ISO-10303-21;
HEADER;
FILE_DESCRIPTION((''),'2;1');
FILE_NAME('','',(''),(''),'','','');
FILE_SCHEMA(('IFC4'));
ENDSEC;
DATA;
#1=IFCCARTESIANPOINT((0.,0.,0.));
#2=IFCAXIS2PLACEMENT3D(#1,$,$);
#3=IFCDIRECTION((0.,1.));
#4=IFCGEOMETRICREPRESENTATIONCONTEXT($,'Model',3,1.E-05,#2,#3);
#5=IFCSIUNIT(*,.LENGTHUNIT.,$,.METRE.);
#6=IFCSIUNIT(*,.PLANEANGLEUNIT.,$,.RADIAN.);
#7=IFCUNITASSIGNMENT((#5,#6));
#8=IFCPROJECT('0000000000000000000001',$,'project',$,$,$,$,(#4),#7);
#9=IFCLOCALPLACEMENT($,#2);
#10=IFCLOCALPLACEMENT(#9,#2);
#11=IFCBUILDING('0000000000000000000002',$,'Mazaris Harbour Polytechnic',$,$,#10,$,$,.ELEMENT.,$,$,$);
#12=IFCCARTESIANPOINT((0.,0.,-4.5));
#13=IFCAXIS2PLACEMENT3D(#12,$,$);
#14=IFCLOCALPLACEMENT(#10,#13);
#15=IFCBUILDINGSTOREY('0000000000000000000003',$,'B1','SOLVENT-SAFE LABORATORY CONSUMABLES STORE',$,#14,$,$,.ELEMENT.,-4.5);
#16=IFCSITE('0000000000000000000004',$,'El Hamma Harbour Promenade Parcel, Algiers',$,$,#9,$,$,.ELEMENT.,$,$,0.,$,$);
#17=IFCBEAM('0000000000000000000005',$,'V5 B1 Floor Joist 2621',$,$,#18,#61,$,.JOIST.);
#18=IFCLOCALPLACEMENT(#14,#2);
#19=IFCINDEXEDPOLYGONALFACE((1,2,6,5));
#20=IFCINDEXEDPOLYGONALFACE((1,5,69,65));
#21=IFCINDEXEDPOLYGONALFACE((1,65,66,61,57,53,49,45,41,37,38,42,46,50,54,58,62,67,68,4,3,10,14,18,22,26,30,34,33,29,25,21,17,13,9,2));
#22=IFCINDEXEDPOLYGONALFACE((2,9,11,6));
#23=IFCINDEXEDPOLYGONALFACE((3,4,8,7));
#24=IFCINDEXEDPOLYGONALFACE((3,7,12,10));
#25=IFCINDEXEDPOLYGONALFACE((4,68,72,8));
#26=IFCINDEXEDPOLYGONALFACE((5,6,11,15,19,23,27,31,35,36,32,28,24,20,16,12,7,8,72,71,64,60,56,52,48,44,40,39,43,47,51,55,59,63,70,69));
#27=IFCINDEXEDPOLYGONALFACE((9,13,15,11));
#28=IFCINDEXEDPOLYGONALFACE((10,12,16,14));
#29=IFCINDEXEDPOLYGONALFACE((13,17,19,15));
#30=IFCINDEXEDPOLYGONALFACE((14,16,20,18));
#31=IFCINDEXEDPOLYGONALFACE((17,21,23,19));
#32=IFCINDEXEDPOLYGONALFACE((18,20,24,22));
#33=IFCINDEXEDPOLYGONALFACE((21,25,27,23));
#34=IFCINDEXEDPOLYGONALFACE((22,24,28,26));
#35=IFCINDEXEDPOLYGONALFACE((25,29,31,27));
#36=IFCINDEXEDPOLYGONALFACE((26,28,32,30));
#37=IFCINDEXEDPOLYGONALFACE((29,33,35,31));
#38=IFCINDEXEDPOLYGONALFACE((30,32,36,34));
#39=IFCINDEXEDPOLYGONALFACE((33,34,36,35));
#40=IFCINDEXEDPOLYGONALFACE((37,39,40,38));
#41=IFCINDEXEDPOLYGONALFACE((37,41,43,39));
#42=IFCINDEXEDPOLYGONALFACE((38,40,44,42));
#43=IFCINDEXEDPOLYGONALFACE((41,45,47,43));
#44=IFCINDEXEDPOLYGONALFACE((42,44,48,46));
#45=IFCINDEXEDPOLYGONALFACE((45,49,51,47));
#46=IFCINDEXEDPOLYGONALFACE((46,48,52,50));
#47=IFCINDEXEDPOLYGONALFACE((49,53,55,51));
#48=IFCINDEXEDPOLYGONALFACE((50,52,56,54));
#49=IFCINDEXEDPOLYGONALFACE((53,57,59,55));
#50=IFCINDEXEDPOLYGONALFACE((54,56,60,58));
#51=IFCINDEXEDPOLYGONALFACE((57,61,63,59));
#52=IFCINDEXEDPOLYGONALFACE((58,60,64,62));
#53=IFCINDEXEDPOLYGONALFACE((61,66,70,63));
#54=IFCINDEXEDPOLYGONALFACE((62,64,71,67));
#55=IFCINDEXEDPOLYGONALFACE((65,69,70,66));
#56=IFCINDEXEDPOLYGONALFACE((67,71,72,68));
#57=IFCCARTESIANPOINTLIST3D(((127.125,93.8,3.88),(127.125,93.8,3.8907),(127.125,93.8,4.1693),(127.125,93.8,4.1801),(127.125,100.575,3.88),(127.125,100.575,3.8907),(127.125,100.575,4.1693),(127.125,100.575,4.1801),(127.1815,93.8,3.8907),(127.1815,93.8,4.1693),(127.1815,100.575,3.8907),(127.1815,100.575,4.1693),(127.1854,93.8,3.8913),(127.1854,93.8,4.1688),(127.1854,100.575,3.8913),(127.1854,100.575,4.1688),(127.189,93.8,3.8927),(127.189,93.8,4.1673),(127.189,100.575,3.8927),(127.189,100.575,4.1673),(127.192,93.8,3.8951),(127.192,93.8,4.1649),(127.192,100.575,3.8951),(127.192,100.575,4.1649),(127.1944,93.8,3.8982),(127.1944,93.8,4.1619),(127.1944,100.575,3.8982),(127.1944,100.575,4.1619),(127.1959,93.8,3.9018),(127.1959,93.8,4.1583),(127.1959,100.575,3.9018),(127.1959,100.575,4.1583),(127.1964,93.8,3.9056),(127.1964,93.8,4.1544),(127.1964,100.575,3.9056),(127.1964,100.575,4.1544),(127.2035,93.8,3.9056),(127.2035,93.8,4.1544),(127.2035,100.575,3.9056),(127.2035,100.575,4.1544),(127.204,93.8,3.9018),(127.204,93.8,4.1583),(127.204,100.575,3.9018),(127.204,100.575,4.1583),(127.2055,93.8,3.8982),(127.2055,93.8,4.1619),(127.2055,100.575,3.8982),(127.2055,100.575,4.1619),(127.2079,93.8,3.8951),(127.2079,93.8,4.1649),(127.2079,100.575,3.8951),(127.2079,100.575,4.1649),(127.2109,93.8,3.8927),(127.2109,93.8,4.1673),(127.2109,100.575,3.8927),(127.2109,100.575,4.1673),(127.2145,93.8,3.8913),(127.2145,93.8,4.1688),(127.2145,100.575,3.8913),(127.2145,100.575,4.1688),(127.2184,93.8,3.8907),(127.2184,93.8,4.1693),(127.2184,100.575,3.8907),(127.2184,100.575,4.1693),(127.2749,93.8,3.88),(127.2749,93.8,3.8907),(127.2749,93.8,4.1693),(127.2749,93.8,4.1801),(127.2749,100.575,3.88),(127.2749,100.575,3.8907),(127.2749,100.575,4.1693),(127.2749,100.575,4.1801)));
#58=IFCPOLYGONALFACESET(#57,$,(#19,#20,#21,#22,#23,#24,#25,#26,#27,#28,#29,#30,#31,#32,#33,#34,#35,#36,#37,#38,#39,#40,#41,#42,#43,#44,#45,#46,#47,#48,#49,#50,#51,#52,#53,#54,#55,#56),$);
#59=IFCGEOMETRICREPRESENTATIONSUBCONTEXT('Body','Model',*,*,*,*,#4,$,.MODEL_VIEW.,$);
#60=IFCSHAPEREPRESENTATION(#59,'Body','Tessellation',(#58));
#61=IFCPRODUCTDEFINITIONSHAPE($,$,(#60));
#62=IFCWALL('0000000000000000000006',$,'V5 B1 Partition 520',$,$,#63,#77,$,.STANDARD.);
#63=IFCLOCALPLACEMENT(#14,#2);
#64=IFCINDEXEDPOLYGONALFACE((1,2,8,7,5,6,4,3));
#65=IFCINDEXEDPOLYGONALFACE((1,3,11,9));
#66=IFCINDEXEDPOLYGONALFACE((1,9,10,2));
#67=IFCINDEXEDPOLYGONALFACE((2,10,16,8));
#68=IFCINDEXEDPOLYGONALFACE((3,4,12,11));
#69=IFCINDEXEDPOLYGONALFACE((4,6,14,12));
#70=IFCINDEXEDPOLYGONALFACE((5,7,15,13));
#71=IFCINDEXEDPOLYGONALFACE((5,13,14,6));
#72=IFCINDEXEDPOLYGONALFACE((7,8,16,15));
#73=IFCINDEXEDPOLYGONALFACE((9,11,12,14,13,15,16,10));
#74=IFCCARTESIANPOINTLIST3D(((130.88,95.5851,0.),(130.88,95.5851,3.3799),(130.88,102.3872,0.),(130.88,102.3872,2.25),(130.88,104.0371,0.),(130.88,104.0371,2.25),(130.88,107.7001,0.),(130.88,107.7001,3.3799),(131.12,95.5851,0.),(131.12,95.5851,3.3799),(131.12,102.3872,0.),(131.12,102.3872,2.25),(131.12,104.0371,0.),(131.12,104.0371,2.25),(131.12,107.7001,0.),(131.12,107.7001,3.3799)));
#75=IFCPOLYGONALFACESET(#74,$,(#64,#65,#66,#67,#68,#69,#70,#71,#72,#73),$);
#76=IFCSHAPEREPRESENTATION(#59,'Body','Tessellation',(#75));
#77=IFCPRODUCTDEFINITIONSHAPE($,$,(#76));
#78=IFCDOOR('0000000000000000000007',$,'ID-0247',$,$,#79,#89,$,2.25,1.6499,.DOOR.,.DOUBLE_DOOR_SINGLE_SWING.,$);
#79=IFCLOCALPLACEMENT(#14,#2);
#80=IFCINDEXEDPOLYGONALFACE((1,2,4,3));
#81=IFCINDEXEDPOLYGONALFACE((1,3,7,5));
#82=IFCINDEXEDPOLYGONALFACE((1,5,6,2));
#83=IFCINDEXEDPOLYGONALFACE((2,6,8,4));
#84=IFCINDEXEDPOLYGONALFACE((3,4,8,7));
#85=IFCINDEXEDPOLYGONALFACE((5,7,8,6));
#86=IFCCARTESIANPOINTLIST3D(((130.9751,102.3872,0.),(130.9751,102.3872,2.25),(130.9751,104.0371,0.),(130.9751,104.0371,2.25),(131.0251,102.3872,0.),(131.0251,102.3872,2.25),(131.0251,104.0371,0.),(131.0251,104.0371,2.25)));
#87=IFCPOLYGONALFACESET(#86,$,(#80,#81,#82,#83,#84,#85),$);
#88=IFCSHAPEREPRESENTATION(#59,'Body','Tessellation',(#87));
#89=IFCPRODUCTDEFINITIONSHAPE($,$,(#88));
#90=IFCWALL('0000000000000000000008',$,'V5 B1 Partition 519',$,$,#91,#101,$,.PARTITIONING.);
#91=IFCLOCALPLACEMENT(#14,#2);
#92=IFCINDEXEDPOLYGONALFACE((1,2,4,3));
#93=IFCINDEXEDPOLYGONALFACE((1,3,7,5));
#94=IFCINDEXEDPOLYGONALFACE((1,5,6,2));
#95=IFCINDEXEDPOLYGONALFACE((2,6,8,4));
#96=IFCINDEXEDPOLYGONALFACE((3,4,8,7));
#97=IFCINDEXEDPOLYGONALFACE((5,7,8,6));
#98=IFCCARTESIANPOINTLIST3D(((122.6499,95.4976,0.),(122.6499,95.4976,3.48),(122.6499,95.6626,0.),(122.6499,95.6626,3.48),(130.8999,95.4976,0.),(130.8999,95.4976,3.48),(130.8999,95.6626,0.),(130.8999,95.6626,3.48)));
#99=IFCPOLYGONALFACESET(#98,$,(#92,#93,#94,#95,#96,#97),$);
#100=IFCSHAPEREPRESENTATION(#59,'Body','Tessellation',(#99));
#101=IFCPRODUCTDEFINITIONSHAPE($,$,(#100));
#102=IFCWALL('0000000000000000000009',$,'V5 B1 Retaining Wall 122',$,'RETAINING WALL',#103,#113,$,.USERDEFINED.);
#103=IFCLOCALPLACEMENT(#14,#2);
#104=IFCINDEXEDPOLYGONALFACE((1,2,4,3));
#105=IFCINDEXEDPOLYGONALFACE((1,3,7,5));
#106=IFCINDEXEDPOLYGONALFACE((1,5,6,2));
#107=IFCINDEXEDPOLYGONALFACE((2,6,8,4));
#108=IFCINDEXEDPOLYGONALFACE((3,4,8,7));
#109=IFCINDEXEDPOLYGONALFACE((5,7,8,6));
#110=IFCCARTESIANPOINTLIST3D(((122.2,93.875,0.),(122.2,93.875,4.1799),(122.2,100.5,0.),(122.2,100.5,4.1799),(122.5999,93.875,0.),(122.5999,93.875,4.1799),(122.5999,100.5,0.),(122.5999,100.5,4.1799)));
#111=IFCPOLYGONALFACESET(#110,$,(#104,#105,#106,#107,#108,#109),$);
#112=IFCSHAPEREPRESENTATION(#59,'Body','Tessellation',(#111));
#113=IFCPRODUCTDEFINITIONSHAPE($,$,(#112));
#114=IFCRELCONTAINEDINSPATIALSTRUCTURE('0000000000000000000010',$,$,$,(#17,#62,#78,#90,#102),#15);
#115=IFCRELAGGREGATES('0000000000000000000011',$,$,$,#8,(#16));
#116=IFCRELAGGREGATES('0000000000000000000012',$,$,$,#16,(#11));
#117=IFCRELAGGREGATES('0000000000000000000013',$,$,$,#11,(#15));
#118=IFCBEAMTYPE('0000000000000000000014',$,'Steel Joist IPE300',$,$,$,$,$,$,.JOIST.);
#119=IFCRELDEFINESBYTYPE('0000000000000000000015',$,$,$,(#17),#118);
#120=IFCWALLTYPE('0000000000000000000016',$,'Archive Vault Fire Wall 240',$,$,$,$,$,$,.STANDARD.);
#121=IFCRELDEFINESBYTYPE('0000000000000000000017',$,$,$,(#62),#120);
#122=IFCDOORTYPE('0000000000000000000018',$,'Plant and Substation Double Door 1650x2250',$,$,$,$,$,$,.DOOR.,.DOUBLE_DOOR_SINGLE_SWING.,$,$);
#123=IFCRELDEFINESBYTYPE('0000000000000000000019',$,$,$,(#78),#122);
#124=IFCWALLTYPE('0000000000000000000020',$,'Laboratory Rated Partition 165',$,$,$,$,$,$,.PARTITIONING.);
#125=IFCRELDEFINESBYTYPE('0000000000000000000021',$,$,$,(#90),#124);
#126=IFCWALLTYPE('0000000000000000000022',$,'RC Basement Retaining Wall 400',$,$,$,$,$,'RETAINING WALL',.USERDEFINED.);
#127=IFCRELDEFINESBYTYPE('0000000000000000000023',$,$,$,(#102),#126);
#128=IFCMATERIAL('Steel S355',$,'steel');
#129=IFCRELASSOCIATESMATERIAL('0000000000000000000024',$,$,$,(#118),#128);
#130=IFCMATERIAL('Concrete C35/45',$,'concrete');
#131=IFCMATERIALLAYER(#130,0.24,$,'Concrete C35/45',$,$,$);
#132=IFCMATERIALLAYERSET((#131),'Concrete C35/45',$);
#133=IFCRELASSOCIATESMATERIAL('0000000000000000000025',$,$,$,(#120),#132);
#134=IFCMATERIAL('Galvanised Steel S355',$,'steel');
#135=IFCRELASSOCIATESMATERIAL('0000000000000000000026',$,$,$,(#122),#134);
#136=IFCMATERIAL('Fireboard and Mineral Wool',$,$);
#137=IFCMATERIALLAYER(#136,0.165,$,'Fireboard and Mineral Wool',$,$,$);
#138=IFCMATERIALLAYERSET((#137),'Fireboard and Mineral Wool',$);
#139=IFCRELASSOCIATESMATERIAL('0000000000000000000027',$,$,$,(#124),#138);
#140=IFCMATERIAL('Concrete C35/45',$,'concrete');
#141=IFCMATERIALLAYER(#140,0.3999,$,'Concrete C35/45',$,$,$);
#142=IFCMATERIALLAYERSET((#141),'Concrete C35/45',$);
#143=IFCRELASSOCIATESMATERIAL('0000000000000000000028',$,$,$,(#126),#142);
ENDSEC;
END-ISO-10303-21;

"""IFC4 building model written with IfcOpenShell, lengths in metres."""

from ifc_helpers import new_model, si_unit, direction, frame, frame_2d, origin, origin_2d, place, context, subcontext, project, spatial, rectangle, i_section, extrude, material, layer, layer_set, material_profile, profile_set, type_object, element, fill, save


model = new_model("IFC4")

# Units and contexts
model_context = context("Model", 3, precision=1e-05, world=origin(), true_north=direction((0.0, 1.0)))
body_context = subcontext(model_context, "Body", "Model", "MODEL_VIEW")
ifc_project = project(units=[si_unit("LENGTHUNIT", "METRE"), si_unit("PLANEANGLEUNIT", "RADIAN")], contexts=[model_context])

# Site, building, storey
site_placement = place(None, origin())
site = spatial("IfcSite", under=ifc_project, at=site_placement, Name="El Hamma Harbour Promenade Parcel, Algiers", CompositionType="ELEMENT", RefElevation=0.0)
building_placement = place(site_placement, origin())
building = spatial("IfcBuilding", under=site, at=building_placement, Name="Mazaris Harbour Polytechnic", CompositionType="ELEMENT")
storey_placement = place(building_placement, frame((0.0, 0.0, -4.5)))
storey = spatial("IfcBuildingStorey", under=building, at=storey_placement, Name="B1", Description="SOLVENT-SAFE LABORATORY CONSUMABLES STORE", CompositionType="ELEMENT", Elevation=-4.5)

# Beam
ifc_material_1 = material(Name="Steel S355", Category="steel")
ifc_material_profile_1 = material_profile(ifc_material_1, i_section(OverallWidth=0.1499, OverallDepth=0.3, WebThickness=0.0071, FlangeThickness=0.0107, FilletRadius=0.0149, at=origin_2d()), Name="IPE 300")
ifc_profile_set_1 = profile_set([ifc_material_profile_1], Name="Steel S355")
beam_type_1 = type_object("IfcBeamType", Name="Steel Joist IPE300", PredefinedType="JOIST", material=ifc_profile_set_1)
beam_1_placement = place(storey_placement, frame((127.2, 93.8, 4.03), z_axis=(0.0, 1.0, 0.0), x_axis=(-1.0, 0.0, 0.0)))
element("IfcBeam", 1, at=beam_1_placement, inside=storey, type_object=beam_type_1, Name="V5 B1 Floor Joist 2621", PredefinedType="JOIST", context=body_context, shape_type="SweptSolid", body=[
    extrude(i_section(OverallWidth=0.1499, OverallDepth=0.3, WebThickness=0.0071, FlangeThickness=0.0107, FilletRadius=0.0149, at=origin_2d()), origin(), (0.0, 0.0, 1.0), 6.7749),
])

# Wall, opening, door
ifc_material_2 = material(Name="Concrete C35/45", Category="concrete")
ifc_layer_1 = layer(ifc_material_2, 0.24, Name="Concrete C35/45")
ifc_layer_set_1 = layer_set([ifc_layer_1], Name="Concrete C35/45")
wall_type_1 = type_object("IfcWallType", Name="Archive Vault Fire Wall 240", PredefinedType="STANDARD", material=ifc_layer_set_1)
wall_1_placement = place(storey_placement, frame((131.0, 95.585, 0.0), z_axis=(0.0, 0.0, 1.0), x_axis=(0.0, 1.0, 0.0)))
wall_1 = element("IfcWall", 2, at=wall_1_placement, inside=storey, type_object=wall_type_1, Name="V5 B1 Partition 520", PredefinedType="STANDARD", context=body_context, shape_type="SweptSolid", body=[
    extrude(rectangle(XDim=12.115, YDim=0.24, at=frame_2d((6.0576, 0.0))), origin(), (0.0, 0.0, 1.0), 3.3799),
])
opening_placement = place(wall_1_placement, frame((6.8022, 0.0, 0.0)))
opening = element("IfcOpeningElement", 3, at=opening_placement, cuts=wall_1, PredefinedType="OPENING", context=body_context, shape_type="SweptSolid", body=[
    extrude(rectangle(XDim=1.6499, YDim=2.25, at=frame_2d((0.825, 1.125))), frame((0.0, 0.1299, 0.0), z_axis=(0.0, -1.0, 0.0), x_axis=(1.0, 0.0, 0.0)), (0.0, 0.0, 1.0), 0.26),
])
ifc_material_3 = material(Name="Galvanised Steel S355", Category="steel")
door_type = type_object("IfcDoorType", Name="Plant and Substation Double Door 1650x2250", OperationType="DOUBLE_DOOR_SINGLE_SWING", PredefinedType="DOOR", material=ifc_material_3)
door_placement = place(opening_placement, origin())
door = element("IfcDoor", 4, at=door_placement, inside=storey, type_object=door_type, Name="ID-0247", OperationType="DOUBLE_DOOR_SINGLE_SWING", OverallHeight=2.25, OverallWidth=1.6499, PredefinedType="DOOR", context=body_context, shape_type="SweptSolid", body=[
    extrude(rectangle(XDim=1.6499, YDim=2.25, at=frame_2d((0.825, 1.125))), frame((0.0, 0.0249, 0.0), z_axis=(0.0, -1.0, 0.0), x_axis=(1.0, 0.0, 0.0)), (0.0, 0.0, 1.0), 0.05),
])
fill(opening, door)

# Walls
ifc_material_4 = material(Name="Fireboard and Mineral Wool")
ifc_layer_2 = layer(ifc_material_4, 0.165, Name="Fireboard and Mineral Wool")
ifc_layer_set_2 = layer_set([ifc_layer_2], Name="Fireboard and Mineral Wool")
wall_type_2 = type_object("IfcWallType", Name="Laboratory Rated Partition 165", PredefinedType="PARTITIONING", material=ifc_layer_set_2)
wall_2_placement = place(storey_placement, frame((122.6499, 95.5801, 0.0), z_axis=(0.0, 0.0, 1.0), x_axis=(1.0, 0.0, 0.0)))
element("IfcWall", 5, at=wall_2_placement, inside=storey, type_object=wall_type_2, Name="V5 B1 Partition 519", PredefinedType="PARTITIONING", context=body_context, shape_type="SweptSolid", body=[
    extrude(rectangle(XDim=8.25, YDim=0.165, at=frame_2d((4.125, 0.0))), origin(), (0.0, 0.0, 1.0), 3.48),
])
ifc_material_5 = material(Name="Concrete C35/45", Category="concrete")
ifc_layer_3 = layer(ifc_material_5, 0.3999, Name="Concrete C35/45")
ifc_layer_set_3 = layer_set([ifc_layer_3], Name="Concrete C35/45")
wall_type_3 = type_object("IfcWallType", Name="RC Basement Retaining Wall 400", ElementType="RETAINING WALL", PredefinedType="USERDEFINED", material=ifc_layer_set_3)
wall_3_placement = place(storey_placement, frame((122.3999, 93.875, 0.0), z_axis=(0.0, 0.0, 1.0), x_axis=(0.0, 1.0, 0.0)))
element("IfcWall", 6, at=wall_3_placement, inside=storey, type_object=wall_type_3, Name="V5 B1 Retaining Wall 122", ObjectType="RETAINING WALL", PredefinedType="USERDEFINED", context=body_context, shape_type="SweptSolid", body=[
    extrude(rectangle(XDim=6.625, YDim=0.3999, at=frame_2d((3.3125, 0.0))), origin(), (0.0, 0.0, 1.0), 4.1799),
])

save(model, "model.ifc")
